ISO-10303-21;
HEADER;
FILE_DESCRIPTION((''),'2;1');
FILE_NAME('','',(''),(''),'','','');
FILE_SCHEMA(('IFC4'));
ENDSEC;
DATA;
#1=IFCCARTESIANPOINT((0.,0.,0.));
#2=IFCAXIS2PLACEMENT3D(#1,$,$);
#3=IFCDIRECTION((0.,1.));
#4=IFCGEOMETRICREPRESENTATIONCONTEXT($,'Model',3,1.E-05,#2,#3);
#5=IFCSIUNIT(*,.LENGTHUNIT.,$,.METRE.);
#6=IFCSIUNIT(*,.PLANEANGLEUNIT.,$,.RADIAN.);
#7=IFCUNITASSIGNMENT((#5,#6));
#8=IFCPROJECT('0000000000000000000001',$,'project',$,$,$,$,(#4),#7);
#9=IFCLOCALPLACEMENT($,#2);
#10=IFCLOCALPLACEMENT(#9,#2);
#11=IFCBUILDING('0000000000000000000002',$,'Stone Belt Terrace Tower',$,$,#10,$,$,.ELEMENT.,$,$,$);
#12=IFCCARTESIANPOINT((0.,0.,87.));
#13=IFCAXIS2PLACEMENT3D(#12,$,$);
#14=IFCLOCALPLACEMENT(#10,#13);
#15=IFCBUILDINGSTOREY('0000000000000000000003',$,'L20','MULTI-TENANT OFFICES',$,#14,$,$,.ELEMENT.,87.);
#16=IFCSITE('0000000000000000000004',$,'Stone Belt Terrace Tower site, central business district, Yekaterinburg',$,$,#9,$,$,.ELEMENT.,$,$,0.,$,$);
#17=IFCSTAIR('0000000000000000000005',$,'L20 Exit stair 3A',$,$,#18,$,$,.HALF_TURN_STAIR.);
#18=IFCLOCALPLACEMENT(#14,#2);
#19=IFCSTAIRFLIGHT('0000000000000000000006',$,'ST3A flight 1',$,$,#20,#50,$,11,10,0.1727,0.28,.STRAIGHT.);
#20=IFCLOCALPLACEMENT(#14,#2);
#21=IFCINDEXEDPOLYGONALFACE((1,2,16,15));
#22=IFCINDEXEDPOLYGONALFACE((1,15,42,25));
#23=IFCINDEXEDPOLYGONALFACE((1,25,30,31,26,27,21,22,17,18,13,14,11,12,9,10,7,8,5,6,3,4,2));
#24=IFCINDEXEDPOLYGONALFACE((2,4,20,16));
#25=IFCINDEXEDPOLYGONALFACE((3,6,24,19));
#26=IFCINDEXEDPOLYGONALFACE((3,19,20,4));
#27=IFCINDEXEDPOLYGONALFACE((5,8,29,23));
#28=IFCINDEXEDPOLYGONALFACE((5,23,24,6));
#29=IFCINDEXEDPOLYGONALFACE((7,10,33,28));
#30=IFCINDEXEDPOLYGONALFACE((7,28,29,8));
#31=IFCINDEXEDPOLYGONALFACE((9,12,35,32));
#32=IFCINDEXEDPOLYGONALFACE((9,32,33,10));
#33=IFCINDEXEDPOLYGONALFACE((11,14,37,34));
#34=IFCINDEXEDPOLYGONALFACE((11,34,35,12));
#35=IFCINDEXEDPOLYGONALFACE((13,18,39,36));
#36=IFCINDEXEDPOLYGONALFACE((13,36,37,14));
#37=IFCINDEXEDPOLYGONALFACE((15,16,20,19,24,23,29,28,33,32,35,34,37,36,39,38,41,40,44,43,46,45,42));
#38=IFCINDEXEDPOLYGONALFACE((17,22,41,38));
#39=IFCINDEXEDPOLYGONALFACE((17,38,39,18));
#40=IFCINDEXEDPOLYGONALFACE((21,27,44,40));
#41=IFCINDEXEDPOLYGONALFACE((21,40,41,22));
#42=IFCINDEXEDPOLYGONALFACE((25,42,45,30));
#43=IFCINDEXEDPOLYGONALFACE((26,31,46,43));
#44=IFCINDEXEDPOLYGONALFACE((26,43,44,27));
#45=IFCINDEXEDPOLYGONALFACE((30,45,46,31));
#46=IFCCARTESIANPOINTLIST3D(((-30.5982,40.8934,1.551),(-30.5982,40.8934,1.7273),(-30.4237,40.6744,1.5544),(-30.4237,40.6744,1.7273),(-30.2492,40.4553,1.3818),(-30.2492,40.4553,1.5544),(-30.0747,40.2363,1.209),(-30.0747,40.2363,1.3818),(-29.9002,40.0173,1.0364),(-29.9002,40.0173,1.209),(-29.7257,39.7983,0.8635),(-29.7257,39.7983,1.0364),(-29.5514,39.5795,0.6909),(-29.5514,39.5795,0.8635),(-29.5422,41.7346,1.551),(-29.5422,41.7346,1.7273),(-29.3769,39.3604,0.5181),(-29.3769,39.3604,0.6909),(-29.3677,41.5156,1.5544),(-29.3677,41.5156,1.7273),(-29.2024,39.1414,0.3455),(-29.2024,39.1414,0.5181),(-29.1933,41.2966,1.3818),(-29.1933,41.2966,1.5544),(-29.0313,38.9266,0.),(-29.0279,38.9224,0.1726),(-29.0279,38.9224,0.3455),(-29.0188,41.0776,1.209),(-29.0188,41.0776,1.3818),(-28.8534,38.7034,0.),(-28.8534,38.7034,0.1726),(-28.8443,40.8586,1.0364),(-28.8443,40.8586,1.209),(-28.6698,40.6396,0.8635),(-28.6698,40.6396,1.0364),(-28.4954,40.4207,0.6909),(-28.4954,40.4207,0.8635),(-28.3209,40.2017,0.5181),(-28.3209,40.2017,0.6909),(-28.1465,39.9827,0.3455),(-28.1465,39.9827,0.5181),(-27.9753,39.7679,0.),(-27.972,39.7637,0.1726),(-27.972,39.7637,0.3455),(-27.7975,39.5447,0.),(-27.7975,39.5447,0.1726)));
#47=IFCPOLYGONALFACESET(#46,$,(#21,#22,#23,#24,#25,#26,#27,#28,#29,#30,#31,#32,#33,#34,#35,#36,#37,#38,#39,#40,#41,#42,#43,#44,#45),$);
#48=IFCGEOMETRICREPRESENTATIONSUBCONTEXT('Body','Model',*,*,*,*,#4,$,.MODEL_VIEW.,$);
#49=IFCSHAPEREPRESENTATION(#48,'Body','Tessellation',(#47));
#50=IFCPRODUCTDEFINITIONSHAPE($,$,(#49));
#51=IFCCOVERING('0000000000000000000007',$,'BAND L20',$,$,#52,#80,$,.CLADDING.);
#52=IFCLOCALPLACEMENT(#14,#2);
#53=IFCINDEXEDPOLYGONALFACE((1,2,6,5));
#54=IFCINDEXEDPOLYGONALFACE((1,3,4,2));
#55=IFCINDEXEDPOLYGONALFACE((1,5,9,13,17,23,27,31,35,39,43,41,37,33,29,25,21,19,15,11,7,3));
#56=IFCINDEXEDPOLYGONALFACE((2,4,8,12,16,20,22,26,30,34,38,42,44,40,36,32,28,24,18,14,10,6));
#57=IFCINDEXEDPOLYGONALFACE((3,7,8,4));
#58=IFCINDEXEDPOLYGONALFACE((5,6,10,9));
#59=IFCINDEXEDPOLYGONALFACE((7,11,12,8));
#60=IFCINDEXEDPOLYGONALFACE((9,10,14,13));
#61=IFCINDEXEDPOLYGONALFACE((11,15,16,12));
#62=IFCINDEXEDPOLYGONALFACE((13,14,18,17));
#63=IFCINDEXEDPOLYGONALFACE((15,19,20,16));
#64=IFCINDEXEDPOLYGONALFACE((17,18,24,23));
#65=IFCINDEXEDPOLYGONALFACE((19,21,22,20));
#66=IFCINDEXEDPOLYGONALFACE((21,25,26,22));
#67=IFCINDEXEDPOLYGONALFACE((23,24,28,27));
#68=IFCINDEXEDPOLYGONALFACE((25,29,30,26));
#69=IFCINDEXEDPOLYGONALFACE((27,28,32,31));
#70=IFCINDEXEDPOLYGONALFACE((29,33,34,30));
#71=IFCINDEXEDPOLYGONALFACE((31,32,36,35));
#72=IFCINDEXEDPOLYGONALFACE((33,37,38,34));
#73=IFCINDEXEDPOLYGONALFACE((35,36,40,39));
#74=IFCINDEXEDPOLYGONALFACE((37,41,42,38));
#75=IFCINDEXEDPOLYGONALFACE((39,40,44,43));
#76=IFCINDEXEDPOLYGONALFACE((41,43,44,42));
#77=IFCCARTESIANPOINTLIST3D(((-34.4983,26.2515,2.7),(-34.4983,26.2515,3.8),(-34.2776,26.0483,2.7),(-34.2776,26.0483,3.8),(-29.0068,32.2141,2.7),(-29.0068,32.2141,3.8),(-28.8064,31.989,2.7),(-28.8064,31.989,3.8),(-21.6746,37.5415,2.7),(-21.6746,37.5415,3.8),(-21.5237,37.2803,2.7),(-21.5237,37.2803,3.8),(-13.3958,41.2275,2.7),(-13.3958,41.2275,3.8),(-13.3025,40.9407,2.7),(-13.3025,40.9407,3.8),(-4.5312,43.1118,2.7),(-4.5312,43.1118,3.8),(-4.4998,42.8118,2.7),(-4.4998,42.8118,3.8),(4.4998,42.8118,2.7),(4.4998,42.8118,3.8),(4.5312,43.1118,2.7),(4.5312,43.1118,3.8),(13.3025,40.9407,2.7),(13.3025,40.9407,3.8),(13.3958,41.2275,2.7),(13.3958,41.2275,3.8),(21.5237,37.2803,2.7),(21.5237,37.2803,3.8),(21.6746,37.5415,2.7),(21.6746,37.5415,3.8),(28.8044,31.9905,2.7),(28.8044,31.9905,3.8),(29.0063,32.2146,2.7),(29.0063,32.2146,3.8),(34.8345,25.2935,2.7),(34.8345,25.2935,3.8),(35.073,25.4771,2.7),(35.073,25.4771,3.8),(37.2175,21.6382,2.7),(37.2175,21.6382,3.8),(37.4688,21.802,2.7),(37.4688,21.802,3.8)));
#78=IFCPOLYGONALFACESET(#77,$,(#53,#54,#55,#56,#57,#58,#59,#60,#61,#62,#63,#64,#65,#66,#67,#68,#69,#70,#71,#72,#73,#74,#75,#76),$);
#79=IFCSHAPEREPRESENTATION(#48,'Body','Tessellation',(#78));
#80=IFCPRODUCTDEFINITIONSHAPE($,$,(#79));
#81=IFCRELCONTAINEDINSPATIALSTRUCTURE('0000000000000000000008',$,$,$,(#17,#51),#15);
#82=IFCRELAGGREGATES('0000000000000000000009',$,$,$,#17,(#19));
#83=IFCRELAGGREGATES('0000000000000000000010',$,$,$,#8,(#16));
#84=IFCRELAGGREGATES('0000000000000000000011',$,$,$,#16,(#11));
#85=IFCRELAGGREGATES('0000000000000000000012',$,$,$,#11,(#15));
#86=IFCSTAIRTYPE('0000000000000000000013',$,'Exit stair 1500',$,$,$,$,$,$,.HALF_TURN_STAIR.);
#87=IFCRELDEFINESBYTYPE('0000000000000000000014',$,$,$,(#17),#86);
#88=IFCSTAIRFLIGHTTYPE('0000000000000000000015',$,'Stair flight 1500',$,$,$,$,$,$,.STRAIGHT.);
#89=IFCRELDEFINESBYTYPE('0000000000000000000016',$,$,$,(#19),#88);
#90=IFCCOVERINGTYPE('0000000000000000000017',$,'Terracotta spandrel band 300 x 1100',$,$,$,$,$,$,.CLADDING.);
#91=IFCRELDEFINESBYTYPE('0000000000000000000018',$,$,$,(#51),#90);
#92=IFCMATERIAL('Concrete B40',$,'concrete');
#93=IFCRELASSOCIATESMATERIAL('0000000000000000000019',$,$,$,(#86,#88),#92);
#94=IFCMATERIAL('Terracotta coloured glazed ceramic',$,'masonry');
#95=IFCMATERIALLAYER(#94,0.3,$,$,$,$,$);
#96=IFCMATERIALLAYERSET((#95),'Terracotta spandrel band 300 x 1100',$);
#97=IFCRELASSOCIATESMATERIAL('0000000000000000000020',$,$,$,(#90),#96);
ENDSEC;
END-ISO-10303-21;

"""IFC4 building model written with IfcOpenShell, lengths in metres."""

from ifc_helpers import new_model, si_unit, direction, frame, origin, place, context, subcontext, project, spatial, polyline, outline, extrude, material, layer, layer_set, type_object, element, aggregate, save


model = new_model("IFC4")

# Units and contexts
model_context = context("Model", 3, precision=1e-05, world=origin(), true_north=direction((0.0, 1.0)))
body_context = subcontext(model_context, "Body", "Model", "MODEL_VIEW")
ifc_project = project(units=[si_unit("LENGTHUNIT", "METRE"), si_unit("PLANEANGLEUNIT", "RADIAN")], contexts=[model_context])

# Site, building, storey
site_placement = place(None, origin())
site = spatial("IfcSite", under=ifc_project, at=site_placement, Name="Stone Belt Terrace Tower site, central business district, Yekaterinburg", CompositionType="ELEMENT", RefElevation=0.0)
building_placement = place(site_placement, origin())
building = spatial("IfcBuilding", under=site, at=building_placement, Name="Stone Belt Terrace Tower", CompositionType="ELEMENT")
storey_placement = place(building_placement, frame((0.0, 0.0, 87.0)))
storey = spatial("IfcBuildingStorey", under=building, at=storey_placement, Name="L20", Description="MULTI-TENANT OFFICES", CompositionType="ELEMENT", Elevation=87.0)

# Shared definitions
ifc_material_1 = material(Name="Concrete B40", Category="concrete")

# Stair
stair_type = type_object("IfcStairType", Name="Exit stair 1500", PredefinedType="HALF_TURN_STAIR", material=ifc_material_1)
stair_1_placement = place(storey_placement, origin())
stair_1 = element("IfcStair", 1, at=stair_1_placement, inside=storey, type_object=stair_type, Name="L20 Exit stair 3A", PredefinedType="HALF_TURN_STAIR")

# Stair flight
stair_flight_type = type_object("IfcStairFlightType", Name="Stair flight 1500", PredefinedType="STRAIGHT", material=ifc_material_1)
stair_flight_placement = place(storey_placement, frame((-28.3254, 39.124, 0.0), z_axis=(0.0, 0.0, 1.0), x_axis=(-0.623121, 0.782125, 0.0)))
stair_flight = element("IfcStairFlight", 2, at=stair_flight_placement, type_object=stair_flight_type, Name="ST3A flight 1", NumberOfRisers=11, NumberOfTreads=10, PredefinedType="STRAIGHT", RiserHeight=0.1727, TreadLength=0.28, context=body_context, shape_type="SweptSolid", body=[
    extrude(outline(polyline([(0.0, 0.0), (0.0, 0.1726), (0.28, 0.1726), (0.28, 0.3455), (0.5601, 0.3455), (0.5601, 0.5181), (0.8401, 0.5181), (0.8401, 0.6909), (1.1201, 0.6909), (1.1201, 0.8635), (1.3999, 0.8635), (1.3999, 1.0364), (1.6799, 1.0364), (1.6799, 1.209), (1.96, 1.209), (1.96, 1.3818), (2.24, 1.3818), (2.24, 1.5544), (2.52, 1.5544), (2.52, 1.7273), (2.8, 1.7273), (2.8, 1.8999), (2.8, 1.551), (0.2854, 0.0), (0.0, 0.0)])), frame((0.0, 0.675, 0.0), z_axis=(0.0, -1.0, 0.0), x_axis=(1.0, 0.0, 0.0)), (0.0, 0.0, 1.0), 1.3501),
])
aggregate(stair_1, [stair_flight])

# Covering
ifc_material_2 = material(Name="Terracotta coloured glazed ceramic", Category="masonry")
ifc_layer_1 = layer(ifc_material_2, 0.3)
ifc_layer_set_1 = layer_set([ifc_layer_1], Name="Terracotta spandrel band 300 x 1100")
covering_type = type_object("IfcCoveringType", Name="Terracotta spandrel band 300 x 1100", PredefinedType="CLADDING", material=ifc_layer_set_1)
covering_placement = place(storey_placement, frame((0.0, 0.0, 2.7)))
element("IfcCovering", 3, at=covering_placement, inside=storey, type_object=covering_type, Name="BAND L20", PredefinedType="CLADDING", context=body_context, shape_type="SweptSolid", body=[
    extrude(outline(polyline([(-34.4983, 26.2515), (-29.0068, 32.2141), (-21.6746, 37.5415), (-13.3958, 41.2275), (-4.5312, 43.1118), (4.5312, 43.1118), (13.3958, 41.2275), (21.6746, 37.5415), (29.0063, 32.2146), (35.073, 25.4771), (37.4688, 21.802), (37.2175, 21.6382), (34.8345, 25.2935), (28.8044, 31.9905), (21.5237, 37.2803), (13.3025, 40.9407), (4.4998, 42.8118), (-4.4998, 42.8118), (-13.3025, 40.9407), (-21.5237, 37.2803), (-28.8064, 31.989), (-34.2776, 26.0483), (-34.4983, 26.2515)])), origin(), (0.0, 0.0, 1.0), 1.1001),
])

save(model, "model.ifc")
